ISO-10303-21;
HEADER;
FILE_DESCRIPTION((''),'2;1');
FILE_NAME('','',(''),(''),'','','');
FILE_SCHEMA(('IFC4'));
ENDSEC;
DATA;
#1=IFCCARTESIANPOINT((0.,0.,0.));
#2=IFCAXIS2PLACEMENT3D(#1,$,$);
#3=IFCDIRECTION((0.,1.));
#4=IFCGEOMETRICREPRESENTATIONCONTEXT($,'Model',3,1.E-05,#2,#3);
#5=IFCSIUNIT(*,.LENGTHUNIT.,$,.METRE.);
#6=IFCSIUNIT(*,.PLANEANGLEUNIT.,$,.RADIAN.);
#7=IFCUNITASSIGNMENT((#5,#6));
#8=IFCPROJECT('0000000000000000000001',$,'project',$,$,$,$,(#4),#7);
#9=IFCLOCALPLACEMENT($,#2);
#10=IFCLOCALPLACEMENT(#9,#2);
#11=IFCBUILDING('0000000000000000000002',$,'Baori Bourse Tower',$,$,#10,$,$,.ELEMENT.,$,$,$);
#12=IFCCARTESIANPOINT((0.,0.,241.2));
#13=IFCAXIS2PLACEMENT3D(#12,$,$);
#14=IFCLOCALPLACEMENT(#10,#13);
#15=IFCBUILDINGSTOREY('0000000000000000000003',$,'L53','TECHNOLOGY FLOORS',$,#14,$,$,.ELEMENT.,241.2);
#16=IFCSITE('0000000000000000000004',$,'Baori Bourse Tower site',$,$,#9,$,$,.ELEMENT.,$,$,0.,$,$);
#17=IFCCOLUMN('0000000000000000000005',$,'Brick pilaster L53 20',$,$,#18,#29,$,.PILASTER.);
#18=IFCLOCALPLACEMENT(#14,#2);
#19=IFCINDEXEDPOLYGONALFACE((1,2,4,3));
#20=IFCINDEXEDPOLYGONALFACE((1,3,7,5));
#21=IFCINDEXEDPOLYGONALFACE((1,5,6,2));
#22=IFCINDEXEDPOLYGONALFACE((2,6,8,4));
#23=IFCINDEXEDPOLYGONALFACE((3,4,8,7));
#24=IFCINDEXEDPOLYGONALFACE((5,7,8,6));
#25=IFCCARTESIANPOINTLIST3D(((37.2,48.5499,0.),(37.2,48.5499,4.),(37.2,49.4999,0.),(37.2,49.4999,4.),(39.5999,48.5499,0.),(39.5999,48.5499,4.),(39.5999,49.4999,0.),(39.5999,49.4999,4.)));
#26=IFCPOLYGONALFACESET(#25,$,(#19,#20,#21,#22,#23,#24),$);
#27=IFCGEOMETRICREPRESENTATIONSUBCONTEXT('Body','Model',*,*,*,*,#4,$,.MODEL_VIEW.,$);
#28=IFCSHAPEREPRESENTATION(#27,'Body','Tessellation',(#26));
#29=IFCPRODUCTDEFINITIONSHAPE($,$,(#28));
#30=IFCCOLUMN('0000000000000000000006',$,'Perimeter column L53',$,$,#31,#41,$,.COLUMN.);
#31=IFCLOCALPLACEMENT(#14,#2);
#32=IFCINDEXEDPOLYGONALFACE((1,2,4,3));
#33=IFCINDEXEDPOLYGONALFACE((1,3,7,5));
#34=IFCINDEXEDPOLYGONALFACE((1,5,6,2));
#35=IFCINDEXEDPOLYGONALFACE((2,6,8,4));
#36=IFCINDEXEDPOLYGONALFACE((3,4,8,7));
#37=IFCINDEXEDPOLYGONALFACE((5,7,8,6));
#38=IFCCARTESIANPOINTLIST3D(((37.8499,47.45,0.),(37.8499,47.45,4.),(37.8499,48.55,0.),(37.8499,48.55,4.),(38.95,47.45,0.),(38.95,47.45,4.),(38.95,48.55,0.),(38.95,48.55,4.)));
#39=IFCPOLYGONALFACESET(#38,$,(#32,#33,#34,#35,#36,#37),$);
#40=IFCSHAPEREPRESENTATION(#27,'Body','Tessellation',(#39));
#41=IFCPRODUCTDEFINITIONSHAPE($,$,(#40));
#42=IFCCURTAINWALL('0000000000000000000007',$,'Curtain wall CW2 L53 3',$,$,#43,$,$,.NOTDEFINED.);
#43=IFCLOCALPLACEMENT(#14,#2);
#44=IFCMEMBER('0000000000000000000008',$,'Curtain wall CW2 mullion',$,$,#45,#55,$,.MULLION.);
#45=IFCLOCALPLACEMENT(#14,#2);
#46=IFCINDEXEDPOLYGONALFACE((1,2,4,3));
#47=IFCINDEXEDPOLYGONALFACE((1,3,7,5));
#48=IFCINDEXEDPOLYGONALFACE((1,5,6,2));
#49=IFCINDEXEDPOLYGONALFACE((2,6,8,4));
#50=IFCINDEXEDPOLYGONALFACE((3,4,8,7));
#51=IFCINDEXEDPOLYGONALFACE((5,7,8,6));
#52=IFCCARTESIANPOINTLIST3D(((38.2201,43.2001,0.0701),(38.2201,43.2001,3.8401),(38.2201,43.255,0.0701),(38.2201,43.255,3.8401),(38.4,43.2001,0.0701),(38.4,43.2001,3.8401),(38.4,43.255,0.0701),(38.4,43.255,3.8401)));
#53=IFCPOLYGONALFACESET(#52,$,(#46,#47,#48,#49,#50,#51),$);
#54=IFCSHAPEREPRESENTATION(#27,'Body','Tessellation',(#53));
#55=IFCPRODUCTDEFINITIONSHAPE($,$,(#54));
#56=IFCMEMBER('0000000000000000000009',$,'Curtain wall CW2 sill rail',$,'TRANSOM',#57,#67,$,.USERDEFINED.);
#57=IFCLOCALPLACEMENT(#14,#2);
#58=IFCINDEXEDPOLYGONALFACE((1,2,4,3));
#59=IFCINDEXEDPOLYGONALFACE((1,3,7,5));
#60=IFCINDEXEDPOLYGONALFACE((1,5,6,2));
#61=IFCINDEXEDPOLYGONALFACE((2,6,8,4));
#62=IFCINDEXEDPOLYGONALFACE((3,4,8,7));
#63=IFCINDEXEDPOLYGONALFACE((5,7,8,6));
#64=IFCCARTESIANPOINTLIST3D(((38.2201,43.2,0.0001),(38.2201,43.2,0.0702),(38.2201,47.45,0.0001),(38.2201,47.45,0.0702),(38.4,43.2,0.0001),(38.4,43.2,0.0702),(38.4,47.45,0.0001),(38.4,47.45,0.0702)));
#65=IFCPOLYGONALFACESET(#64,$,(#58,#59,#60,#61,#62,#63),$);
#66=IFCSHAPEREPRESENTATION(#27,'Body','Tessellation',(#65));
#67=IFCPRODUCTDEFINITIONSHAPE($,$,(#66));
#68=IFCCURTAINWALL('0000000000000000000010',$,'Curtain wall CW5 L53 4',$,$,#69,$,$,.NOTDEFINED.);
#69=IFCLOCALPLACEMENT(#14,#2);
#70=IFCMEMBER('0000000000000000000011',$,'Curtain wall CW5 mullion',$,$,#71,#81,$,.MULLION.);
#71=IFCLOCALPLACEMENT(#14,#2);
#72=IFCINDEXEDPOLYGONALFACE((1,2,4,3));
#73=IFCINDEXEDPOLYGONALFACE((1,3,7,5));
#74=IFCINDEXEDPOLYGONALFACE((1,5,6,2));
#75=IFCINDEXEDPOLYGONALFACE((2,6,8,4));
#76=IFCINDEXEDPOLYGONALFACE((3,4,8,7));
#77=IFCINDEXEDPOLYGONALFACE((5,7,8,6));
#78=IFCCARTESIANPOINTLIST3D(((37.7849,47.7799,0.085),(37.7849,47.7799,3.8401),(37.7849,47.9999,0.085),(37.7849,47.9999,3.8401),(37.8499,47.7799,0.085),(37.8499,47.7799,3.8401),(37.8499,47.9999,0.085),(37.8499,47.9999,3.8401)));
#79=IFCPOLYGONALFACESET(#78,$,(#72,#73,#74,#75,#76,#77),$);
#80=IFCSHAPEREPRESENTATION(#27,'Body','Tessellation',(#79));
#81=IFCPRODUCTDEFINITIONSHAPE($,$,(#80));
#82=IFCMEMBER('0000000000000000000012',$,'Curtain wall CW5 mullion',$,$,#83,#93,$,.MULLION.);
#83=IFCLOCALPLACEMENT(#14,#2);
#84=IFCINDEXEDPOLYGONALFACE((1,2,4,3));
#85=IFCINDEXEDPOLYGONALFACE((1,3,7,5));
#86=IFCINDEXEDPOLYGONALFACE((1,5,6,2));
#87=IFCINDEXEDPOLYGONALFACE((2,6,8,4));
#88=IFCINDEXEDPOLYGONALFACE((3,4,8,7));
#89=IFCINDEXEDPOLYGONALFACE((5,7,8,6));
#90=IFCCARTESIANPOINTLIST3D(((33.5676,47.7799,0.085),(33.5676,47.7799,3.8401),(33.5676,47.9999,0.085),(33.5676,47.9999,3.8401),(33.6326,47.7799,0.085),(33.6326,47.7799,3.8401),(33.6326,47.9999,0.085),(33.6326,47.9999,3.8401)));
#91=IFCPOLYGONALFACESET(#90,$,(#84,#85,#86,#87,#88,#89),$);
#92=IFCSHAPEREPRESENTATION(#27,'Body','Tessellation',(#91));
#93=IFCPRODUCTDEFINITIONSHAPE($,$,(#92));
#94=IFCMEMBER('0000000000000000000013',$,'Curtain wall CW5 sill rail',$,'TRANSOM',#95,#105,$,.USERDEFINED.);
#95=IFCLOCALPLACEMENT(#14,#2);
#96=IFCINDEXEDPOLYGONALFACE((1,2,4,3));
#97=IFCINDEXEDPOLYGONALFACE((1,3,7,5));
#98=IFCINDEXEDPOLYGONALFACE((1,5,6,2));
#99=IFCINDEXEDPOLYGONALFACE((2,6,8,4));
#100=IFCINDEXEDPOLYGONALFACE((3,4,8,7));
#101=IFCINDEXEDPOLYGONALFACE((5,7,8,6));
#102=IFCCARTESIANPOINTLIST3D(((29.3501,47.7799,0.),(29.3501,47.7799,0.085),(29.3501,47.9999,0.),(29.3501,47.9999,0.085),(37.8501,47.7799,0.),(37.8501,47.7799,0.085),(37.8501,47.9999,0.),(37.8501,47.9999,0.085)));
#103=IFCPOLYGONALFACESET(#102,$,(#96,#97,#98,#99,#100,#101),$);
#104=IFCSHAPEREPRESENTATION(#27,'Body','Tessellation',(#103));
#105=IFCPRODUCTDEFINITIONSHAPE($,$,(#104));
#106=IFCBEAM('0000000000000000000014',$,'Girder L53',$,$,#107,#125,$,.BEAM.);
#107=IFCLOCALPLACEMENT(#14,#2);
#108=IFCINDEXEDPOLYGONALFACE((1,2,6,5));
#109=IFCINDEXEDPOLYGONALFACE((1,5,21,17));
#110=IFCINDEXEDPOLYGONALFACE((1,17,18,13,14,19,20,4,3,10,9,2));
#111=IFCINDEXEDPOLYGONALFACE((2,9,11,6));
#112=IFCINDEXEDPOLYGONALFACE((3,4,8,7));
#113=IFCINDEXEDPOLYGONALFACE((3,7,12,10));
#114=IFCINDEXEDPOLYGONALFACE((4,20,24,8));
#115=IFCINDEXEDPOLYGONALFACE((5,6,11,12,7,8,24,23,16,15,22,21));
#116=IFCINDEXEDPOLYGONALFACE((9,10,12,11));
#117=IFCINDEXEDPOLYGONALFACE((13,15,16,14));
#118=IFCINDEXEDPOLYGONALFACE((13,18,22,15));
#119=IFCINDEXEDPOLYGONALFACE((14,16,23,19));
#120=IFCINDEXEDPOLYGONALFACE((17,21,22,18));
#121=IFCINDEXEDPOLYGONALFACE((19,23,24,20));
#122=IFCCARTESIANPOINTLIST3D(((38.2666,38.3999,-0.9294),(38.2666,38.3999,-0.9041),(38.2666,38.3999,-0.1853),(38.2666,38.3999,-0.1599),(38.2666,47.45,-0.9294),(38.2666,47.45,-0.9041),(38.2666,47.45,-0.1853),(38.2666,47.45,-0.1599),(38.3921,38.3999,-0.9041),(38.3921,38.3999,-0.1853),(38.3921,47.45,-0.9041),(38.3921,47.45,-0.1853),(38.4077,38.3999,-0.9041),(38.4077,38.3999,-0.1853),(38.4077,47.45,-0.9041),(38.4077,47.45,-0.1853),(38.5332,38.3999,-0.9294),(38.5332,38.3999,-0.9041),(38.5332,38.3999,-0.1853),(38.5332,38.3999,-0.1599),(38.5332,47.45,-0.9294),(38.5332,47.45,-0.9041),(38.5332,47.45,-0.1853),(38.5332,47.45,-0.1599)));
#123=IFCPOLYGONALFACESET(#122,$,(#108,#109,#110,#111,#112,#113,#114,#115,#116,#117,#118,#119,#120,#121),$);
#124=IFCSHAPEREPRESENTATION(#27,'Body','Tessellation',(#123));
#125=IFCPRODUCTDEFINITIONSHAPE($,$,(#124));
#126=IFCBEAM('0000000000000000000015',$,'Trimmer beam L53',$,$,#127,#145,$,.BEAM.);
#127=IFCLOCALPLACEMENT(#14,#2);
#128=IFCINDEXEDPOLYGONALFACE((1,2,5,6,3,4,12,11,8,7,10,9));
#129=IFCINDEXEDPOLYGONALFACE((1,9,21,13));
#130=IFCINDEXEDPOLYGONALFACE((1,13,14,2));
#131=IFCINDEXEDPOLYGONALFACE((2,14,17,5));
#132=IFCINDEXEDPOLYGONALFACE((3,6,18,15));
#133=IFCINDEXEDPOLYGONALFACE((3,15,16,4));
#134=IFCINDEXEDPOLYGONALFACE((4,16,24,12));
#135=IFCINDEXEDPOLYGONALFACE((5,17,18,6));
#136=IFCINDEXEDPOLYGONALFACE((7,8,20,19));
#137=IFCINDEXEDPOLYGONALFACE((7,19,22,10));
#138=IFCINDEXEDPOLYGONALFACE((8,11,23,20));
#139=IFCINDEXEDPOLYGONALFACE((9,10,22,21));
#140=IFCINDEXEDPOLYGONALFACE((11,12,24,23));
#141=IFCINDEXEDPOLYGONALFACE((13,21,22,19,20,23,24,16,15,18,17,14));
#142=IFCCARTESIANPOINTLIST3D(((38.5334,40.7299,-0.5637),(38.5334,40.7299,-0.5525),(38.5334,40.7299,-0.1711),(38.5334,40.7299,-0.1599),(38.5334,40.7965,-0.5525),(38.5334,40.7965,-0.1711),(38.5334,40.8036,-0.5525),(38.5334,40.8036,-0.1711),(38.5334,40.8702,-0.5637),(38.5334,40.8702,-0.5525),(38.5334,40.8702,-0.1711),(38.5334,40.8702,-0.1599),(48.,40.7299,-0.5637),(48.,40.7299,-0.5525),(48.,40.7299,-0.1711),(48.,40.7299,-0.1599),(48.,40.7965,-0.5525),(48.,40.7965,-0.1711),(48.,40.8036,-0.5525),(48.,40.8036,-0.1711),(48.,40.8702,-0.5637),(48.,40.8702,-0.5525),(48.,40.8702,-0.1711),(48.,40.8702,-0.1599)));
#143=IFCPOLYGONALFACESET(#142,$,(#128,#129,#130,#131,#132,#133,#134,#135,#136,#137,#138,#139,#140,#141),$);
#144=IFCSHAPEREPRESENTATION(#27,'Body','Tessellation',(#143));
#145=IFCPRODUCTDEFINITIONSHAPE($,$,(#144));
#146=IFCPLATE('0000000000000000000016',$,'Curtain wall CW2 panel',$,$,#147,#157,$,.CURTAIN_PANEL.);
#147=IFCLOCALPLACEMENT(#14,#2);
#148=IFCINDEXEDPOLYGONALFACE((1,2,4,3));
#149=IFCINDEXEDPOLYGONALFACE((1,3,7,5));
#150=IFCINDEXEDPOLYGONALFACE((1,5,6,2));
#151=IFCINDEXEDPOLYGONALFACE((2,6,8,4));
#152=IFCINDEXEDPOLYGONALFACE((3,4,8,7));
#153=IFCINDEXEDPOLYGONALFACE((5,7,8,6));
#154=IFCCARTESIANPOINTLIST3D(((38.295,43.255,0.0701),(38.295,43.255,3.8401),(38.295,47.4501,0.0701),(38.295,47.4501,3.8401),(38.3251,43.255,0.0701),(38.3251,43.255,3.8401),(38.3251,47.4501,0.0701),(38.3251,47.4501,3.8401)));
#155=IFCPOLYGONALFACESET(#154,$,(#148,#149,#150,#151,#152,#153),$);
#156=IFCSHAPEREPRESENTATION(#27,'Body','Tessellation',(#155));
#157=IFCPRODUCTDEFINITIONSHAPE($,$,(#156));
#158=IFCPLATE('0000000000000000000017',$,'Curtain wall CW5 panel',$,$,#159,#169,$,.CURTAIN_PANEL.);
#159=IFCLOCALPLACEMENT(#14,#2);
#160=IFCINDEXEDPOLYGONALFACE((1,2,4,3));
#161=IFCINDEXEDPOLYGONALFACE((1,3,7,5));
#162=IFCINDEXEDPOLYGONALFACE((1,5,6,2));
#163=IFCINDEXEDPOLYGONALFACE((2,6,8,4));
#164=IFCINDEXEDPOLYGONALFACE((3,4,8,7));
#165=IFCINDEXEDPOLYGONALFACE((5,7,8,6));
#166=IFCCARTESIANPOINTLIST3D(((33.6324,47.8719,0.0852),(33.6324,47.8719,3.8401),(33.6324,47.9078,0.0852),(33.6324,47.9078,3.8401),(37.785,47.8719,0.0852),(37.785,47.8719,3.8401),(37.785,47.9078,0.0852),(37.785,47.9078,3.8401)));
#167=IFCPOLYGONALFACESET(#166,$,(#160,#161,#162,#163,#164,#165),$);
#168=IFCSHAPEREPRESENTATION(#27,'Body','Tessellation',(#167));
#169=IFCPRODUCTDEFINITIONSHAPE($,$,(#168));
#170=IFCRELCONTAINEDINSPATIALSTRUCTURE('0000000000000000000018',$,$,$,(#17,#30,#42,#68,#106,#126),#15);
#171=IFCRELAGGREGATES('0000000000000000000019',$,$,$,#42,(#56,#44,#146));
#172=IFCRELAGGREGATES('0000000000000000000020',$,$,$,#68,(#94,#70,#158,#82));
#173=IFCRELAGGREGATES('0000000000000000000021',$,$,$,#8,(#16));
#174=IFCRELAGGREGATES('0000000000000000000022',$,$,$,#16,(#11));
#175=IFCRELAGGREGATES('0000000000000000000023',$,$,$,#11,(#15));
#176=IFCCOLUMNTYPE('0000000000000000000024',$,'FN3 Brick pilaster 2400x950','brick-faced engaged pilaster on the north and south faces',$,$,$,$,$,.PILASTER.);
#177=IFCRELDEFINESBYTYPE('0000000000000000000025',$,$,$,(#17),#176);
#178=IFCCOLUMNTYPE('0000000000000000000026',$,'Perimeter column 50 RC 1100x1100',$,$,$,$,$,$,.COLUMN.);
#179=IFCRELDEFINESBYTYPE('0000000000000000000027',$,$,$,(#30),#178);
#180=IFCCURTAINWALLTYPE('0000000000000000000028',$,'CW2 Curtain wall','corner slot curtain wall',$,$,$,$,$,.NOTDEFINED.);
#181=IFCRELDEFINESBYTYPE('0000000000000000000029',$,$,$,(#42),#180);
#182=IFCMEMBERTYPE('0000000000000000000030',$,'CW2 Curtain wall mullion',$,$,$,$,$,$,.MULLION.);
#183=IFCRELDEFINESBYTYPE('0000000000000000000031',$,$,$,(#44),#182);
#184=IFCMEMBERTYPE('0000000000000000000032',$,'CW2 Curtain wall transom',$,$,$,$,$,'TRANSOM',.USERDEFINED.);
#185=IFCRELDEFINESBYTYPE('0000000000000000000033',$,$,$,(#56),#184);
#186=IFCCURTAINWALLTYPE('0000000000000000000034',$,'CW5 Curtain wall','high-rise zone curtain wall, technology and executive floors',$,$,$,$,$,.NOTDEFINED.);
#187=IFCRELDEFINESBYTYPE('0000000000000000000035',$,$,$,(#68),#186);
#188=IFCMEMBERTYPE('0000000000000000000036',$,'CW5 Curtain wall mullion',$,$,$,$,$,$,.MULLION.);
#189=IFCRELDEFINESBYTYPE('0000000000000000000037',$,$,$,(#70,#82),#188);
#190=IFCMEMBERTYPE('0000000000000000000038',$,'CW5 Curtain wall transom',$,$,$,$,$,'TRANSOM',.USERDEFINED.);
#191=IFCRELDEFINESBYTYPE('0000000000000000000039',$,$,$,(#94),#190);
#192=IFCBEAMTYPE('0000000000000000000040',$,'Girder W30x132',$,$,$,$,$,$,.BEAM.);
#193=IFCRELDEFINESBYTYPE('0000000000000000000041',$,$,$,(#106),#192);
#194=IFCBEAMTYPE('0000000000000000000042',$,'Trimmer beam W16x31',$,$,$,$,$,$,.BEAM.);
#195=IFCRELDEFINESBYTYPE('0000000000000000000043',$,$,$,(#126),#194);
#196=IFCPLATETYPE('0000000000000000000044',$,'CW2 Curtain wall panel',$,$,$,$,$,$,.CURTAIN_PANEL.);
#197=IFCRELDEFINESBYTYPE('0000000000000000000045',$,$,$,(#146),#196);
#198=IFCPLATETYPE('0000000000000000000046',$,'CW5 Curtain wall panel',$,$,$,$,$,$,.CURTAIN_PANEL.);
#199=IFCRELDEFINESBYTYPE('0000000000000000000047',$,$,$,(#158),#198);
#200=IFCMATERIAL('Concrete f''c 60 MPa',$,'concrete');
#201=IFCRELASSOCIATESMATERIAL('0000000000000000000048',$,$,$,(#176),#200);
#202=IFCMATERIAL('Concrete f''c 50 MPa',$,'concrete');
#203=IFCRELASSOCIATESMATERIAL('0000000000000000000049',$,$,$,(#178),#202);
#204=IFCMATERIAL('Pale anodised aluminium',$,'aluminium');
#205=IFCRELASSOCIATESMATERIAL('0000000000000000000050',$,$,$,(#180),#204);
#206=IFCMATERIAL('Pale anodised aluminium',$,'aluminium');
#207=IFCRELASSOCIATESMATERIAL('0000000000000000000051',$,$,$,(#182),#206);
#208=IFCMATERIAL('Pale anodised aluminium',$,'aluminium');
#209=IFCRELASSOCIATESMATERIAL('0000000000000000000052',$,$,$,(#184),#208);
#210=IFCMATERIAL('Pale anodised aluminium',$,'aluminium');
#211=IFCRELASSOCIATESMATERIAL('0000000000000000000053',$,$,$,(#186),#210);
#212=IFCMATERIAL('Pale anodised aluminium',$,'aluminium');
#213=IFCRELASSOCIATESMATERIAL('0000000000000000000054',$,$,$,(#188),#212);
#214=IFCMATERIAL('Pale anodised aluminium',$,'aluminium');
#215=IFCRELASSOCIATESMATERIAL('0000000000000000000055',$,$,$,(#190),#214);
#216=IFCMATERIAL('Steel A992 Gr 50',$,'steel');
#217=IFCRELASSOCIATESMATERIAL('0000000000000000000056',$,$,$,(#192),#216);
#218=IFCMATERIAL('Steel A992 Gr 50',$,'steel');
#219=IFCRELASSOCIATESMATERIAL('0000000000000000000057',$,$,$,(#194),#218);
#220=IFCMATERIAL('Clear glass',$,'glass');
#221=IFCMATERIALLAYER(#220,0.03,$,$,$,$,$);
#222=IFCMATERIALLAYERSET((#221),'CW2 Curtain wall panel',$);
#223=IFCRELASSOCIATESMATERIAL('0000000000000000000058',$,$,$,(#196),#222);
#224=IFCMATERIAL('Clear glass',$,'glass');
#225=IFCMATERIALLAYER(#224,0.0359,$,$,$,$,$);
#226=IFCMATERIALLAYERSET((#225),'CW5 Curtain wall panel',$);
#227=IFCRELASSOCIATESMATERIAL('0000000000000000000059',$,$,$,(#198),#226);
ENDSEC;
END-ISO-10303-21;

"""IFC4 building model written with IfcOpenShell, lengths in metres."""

from ifc_helpers import new_model, si_unit, direction, frame, origin, origin_2d, place, context, subcontext, project, spatial, rectangle, i_section, extrude, material, layer, layer_set, material_profile, profile_set, type_object, element, aggregate, save


model = new_model("IFC4")

# Units and contexts
model_context = context("Model", 3, precision=1e-05, world=origin(), true_north=direction((0.0, 1.0)))
body_context = subcontext(model_context, "Body", "Model", "MODEL_VIEW")
ifc_project = project(units=[si_unit("LENGTHUNIT", "METRE"), si_unit("PLANEANGLEUNIT", "RADIAN")], contexts=[model_context])

# Site, building, storey
site_placement = place(None, origin())
site = spatial("IfcSite", under=ifc_project, at=site_placement, Name="Baori Bourse Tower site", CompositionType="ELEMENT", RefElevation=0.0)
building_placement = place(site_placement, origin())
building = spatial("IfcBuilding", under=site, at=building_placement, Name="Baori Bourse Tower", CompositionType="ELEMENT")
storey_placement = place(building_placement, frame((0.0, 0.0, 241.2)))
storey = spatial("IfcBuildingStorey", under=building, at=storey_placement, Name="L53", Description="TECHNOLOGY FLOORS", CompositionType="ELEMENT", Elevation=241.2)

# Columns
ifc_material_1 = material(Name="Concrete f'c 60 MPa", Category="concrete")
ifc_material_profile_1 = material_profile(ifc_material_1, rectangle(XDim=2.3999, YDim=0.95, at=origin_2d()), Name="RC 2400x950")
ifc_profile_set_1 = profile_set([ifc_material_profile_1], Name="Concrete f'c 60 MPa")
column_type_1 = type_object("IfcColumnType", Name="FN3 Brick pilaster 2400x950", Description="brick-faced engaged pilaster on the north and south faces", PredefinedType="PILASTER", material=ifc_profile_set_1)
column_1_placement = place(storey_placement, frame((38.3999, 49.0249, 0.0), z_axis=(0.0, 0.0, 1.0), x_axis=(1.0, 0.0, 0.0)))
element("IfcColumn", 1, at=column_1_placement, inside=storey, type_object=column_type_1, Name="Brick pilaster L53 20", PredefinedType="PILASTER", context=body_context, shape_type="SweptSolid", body=[
    extrude(rectangle(XDim=2.3999, YDim=0.95, at=origin_2d()), origin(), (0.0, 0.0, 1.0), 4.0),
])
ifc_material_2 = material(Name="Concrete f'c 50 MPa", Category="concrete")
ifc_material_profile_2 = material_profile(ifc_material_2, rectangle(XDim=1.1001, YDim=1.1001, at=origin_2d()), Name="RC 1100x1100")
ifc_profile_set_2 = profile_set([ifc_material_profile_2], Name="Concrete f'c 50 MPa")
column_type_2 = type_object("IfcColumnType", Name="Perimeter column 50 RC 1100x1100", PredefinedType="COLUMN", material=ifc_profile_set_2)
column_2_placement = place(storey_placement, frame((38.3999, 48.0, 0.0), z_axis=(0.0, 0.0, 1.0), x_axis=(1.0, 0.0, 0.0)))
element("IfcColumn", 2, at=column_2_placement, inside=storey, type_object=column_type_2, Name="Perimeter column L53", PredefinedType="COLUMN", context=body_context, shape_type="SweptSolid", body=[
    extrude(rectangle(XDim=1.1001, YDim=1.1001, at=origin_2d()), origin(), (0.0, 0.0, 1.0), 4.0),
])

# Curtain walls, members
ifc_material_3 = material(Name="Pale anodised aluminium", Category="aluminium")
curtain_wall_type_1 = type_object("IfcCurtainWallType", Name="CW2 Curtain wall", Description="corner slot curtain wall", PredefinedType="NOTDEFINED", material=ifc_material_3)
curtain_wall_1_placement = place(storey_placement, origin())
curtain_wall_1 = element("IfcCurtainWall", 3, at=curtain_wall_1_placement, inside=storey, type_object=curtain_wall_type_1, Name="Curtain wall CW2 L53 3", PredefinedType="NOTDEFINED")
ifc_material_4 = material(Name="Pale anodised aluminium", Category="aluminium")
ifc_material_profile_3 = material_profile(ifc_material_4, rectangle(XDim=0.1799, YDim=0.0549, at=origin_2d()), Name="Mullion 55x180")
ifc_profile_set_3 = profile_set([ifc_material_profile_3], Name="Pale anodised aluminium")
member_type_1 = type_object("IfcMemberType", Name="CW2 Curtain wall mullion", PredefinedType="MULLION", material=ifc_profile_set_3)
member_1_placement = place(storey_placement, frame((38.3101, 43.2275, 0.0701), z_axis=(0.0, 0.0, 1.0), x_axis=(-1.0, 0.0, 0.0)))
member_1 = element("IfcMember", 4, at=member_1_placement, type_object=member_type_1, Name="Curtain wall CW2 mullion", PredefinedType="MULLION", context=body_context, shape_type="SweptSolid", body=[
    extrude(rectangle(XDim=0.1799, YDim=0.0549, at=origin_2d()), origin(), (0.0, 0.0, 1.0), 3.77),
])
ifc_material_5 = material(Name="Pale anodised aluminium", Category="aluminium")
ifc_material_profile_4 = material_profile(ifc_material_5, rectangle(XDim=0.1799, YDim=0.0701, at=origin_2d()), Name="Transom 70x180")
ifc_profile_set_4 = profile_set([ifc_material_profile_4], Name="Pale anodised aluminium")
member_type_2 = type_object("IfcMemberType", Name="CW2 Curtain wall transom", ElementType="TRANSOM", PredefinedType="USERDEFINED", material=ifc_profile_set_4)
member_2_placement = place(storey_placement, frame((38.3101, 43.2, 0.0352), z_axis=(0.0, 1.0, 0.0), x_axis=(-1.0, 0.0, 0.0)))
member_2 = element("IfcMember", 5, at=member_2_placement, type_object=member_type_2, Name="Curtain wall CW2 sill rail", ObjectType="TRANSOM", PredefinedType="USERDEFINED", context=body_context, shape_type="SweptSolid", body=[
    extrude(rectangle(XDim=0.1799, YDim=0.0701, at=origin_2d()), origin(), (0.0, 0.0, 1.0), 4.25),
])
ifc_material_6 = material(Name="Pale anodised aluminium", Category="aluminium")
curtain_wall_type_2 = type_object("IfcCurtainWallType", Name="CW5 Curtain wall", Description="high-rise zone curtain wall, technology and executive floors", PredefinedType="NOTDEFINED", material=ifc_material_6)
curtain_wall_2_placement = place(storey_placement, origin())
curtain_wall_2 = element("IfcCurtainWall", 6, at=curtain_wall_2_placement, inside=storey, type_object=curtain_wall_type_2, Name="Curtain wall CW5 L53 4", PredefinedType="NOTDEFINED")
ifc_material_7 = material(Name="Pale anodised aluminium", Category="aluminium")
ifc_material_profile_5 = material_profile(ifc_material_7, rectangle(XDim=0.22, YDim=0.0649, at=origin_2d()), Name="Mullion 65x220")
ifc_profile_set_5 = profile_set([ifc_material_profile_5], Name="Pale anodised aluminium")
member_type_3 = type_object("IfcMemberType", Name="CW5 Curtain wall mullion", PredefinedType="MULLION", material=ifc_profile_set_5)
member_3_placement = place(storey_placement, frame((37.8174, 47.8899, 0.085), z_axis=(0.0, 0.0, 1.0), x_axis=(0.0, -1.0, 0.0)))
member_3 = element("IfcMember", 7, at=member_3_placement, type_object=member_type_3, Name="Curtain wall CW5 mullion", PredefinedType="MULLION", context=body_context, shape_type="SweptSolid", body=[
    extrude(rectangle(XDim=0.22, YDim=0.0649, at=origin_2d()), origin(), (0.0, 0.0, 1.0), 3.7551),
])
member_4_placement = place(storey_placement, frame((33.6001, 47.8899, 0.085), z_axis=(0.0, 0.0, 1.0), x_axis=(0.0, -1.0, 0.0)))
member_4 = element("IfcMember", 8, at=member_4_placement, type_object=member_type_3, Name="Curtain wall CW5 mullion", PredefinedType="MULLION", context=body_context, shape_type="SweptSolid", body=[
    extrude(rectangle(XDim=0.22, YDim=0.0649, at=origin_2d()), origin(), (0.0, 0.0, 1.0), 3.7551),
])
ifc_material_8 = material(Name="Pale anodised aluminium", Category="aluminium")
ifc_material_profile_6 = material_profile(ifc_material_8, rectangle(XDim=0.22, YDim=0.085, at=origin_2d()), Name="Transom 85x220")
ifc_profile_set_6 = profile_set([ifc_material_profile_6], Name="Pale anodised aluminium")
member_type_4 = type_object("IfcMemberType", Name="CW5 Curtain wall transom", ElementType="TRANSOM", PredefinedType="USERDEFINED", material=ifc_profile_set_6)
member_5_placement = place(storey_placement, frame((37.8501, 47.8899, 0.0425), z_axis=(-1.0, 0.0, 0.0), x_axis=(0.0, -1.0, 0.0)))
member_5 = element("IfcMember", 9, at=member_5_placement, type_object=member_type_4, Name="Curtain wall CW5 sill rail", ObjectType="TRANSOM", PredefinedType="USERDEFINED", context=body_context, shape_type="SweptSolid", body=[
    extrude(rectangle(XDim=0.22, YDim=0.085, at=origin_2d()), origin(), (0.0, 0.0, 1.0), 8.5),
])

# Beams
ifc_material_9 = material(Name="Steel A992 Gr 50", Category="steel")
ifc_material_profile_7 = material_profile(ifc_material_9, i_section(OverallWidth=0.2666, OverallDepth=0.7695, WebThickness=0.0156, FlangeThickness=0.0254, at=origin_2d()), Name="W30x132")
ifc_profile_set_7 = profile_set([ifc_material_profile_7], Name="Steel A992 Gr 50")
beam_type_1 = type_object("IfcBeamType", Name="Girder W30x132", PredefinedType="BEAM", material=ifc_profile_set_7)
beam_1_placement = place(storey_placement, frame((38.3999, 38.3999, -0.5447), z_axis=(0.0, 1.0, 0.0), x_axis=(-1.0, 0.0, 0.0)))
element("IfcBeam", 10, at=beam_1_placement, inside=storey, type_object=beam_type_1, Name="Girder L53", PredefinedType="BEAM", context=body_context, shape_type="SweptSolid", body=[
    extrude(i_section(OverallWidth=0.2666, OverallDepth=0.7695, WebThickness=0.0156, FlangeThickness=0.0254, at=origin_2d()), origin(), (0.0, 0.0, 1.0), 9.05),
])
ifc_material_10 = material(Name="Steel A992 Gr 50", Category="steel")
ifc_material_profile_8 = material_profile(ifc_material_10, i_section(OverallWidth=0.1404, OverallDepth=0.4038, WebThickness=0.0071, FlangeThickness=0.0112, at=origin_2d()), Name="W16x31")
ifc_profile_set_8 = profile_set([ifc_material_profile_8], Name="Steel A992 Gr 50")
beam_type_2 = type_object("IfcBeamType", Name="Trimmer beam W16x31", PredefinedType="BEAM", material=ifc_profile_set_8)
beam_2_placement = place(storey_placement, frame((38.5334, 40.8, -0.3618), z_axis=(1.0, 0.0, 0.0), x_axis=(0.0, 1.0, 0.0)))
element("IfcBeam", 11, at=beam_2_placement, inside=storey, type_object=beam_type_2, Name="Trimmer beam L53", PredefinedType="BEAM", context=body_context, shape_type="SweptSolid", body=[
    extrude(i_section(OverallWidth=0.1404, OverallDepth=0.4038, WebThickness=0.0071, FlangeThickness=0.0112, at=origin_2d()), origin(), (0.0, 0.0, 1.0), 9.4666),
])

# Plates
ifc_material_11 = material(Name="Clear glass", Category="glass")
ifc_layer_1 = layer(ifc_material_11, 0.03)
ifc_layer_set_1 = layer_set([ifc_layer_1], Name="CW2 Curtain wall panel")
plate_type_1 = type_object("IfcPlateType", Name="CW2 Curtain wall panel", PredefinedType="CURTAIN_PANEL", material=ifc_layer_set_1)
plate_1_placement = place(storey_placement, frame((38.3101, 45.3525, 0.0701), z_axis=(0.0, 0.0, 1.0), x_axis=(0.0, 1.0, 0.0)))
plate_1 = element("IfcPlate", 12, at=plate_1_placement, type_object=plate_type_1, Name="Curtain wall CW2 panel", PredefinedType="CURTAIN_PANEL", context=body_context, shape_type="SweptSolid", body=[
    extrude(rectangle(XDim=4.1951, YDim=0.03, at=origin_2d()), origin(), (0.0, 0.0, 1.0), 3.77),
])
aggregate(curtain_wall_1, [member_2, member_1, plate_1])
ifc_material_12 = material(Name="Clear glass", Category="glass")
ifc_layer_2 = layer(ifc_material_12, 0.0359)
ifc_layer_set_2 = layer_set([ifc_layer_2], Name="CW5 Curtain wall panel")
plate_type_2 = type_object("IfcPlateType", Name="CW5 Curtain wall panel", PredefinedType="CURTAIN_PANEL", material=ifc_layer_set_2)
plate_2_placement = place(storey_placement, frame((35.7087, 47.8899, 0.0852), z_axis=(0.0, 0.0, 1.0), x_axis=(-1.0, 0.0, 0.0)))
plate_2 = element("IfcPlate", 13, at=plate_2_placement, type_object=plate_type_2, Name="Curtain wall CW5 panel", PredefinedType="CURTAIN_PANEL", context=body_context, shape_type="SweptSolid", body=[
    extrude(rectangle(XDim=4.1526, YDim=0.0359, at=origin_2d()), origin(), (0.0, 0.0, 1.0), 3.7549),
])
aggregate(curtain_wall_2, [member_5, member_3, plate_2, member_4])

save(model, "model.ifc")
